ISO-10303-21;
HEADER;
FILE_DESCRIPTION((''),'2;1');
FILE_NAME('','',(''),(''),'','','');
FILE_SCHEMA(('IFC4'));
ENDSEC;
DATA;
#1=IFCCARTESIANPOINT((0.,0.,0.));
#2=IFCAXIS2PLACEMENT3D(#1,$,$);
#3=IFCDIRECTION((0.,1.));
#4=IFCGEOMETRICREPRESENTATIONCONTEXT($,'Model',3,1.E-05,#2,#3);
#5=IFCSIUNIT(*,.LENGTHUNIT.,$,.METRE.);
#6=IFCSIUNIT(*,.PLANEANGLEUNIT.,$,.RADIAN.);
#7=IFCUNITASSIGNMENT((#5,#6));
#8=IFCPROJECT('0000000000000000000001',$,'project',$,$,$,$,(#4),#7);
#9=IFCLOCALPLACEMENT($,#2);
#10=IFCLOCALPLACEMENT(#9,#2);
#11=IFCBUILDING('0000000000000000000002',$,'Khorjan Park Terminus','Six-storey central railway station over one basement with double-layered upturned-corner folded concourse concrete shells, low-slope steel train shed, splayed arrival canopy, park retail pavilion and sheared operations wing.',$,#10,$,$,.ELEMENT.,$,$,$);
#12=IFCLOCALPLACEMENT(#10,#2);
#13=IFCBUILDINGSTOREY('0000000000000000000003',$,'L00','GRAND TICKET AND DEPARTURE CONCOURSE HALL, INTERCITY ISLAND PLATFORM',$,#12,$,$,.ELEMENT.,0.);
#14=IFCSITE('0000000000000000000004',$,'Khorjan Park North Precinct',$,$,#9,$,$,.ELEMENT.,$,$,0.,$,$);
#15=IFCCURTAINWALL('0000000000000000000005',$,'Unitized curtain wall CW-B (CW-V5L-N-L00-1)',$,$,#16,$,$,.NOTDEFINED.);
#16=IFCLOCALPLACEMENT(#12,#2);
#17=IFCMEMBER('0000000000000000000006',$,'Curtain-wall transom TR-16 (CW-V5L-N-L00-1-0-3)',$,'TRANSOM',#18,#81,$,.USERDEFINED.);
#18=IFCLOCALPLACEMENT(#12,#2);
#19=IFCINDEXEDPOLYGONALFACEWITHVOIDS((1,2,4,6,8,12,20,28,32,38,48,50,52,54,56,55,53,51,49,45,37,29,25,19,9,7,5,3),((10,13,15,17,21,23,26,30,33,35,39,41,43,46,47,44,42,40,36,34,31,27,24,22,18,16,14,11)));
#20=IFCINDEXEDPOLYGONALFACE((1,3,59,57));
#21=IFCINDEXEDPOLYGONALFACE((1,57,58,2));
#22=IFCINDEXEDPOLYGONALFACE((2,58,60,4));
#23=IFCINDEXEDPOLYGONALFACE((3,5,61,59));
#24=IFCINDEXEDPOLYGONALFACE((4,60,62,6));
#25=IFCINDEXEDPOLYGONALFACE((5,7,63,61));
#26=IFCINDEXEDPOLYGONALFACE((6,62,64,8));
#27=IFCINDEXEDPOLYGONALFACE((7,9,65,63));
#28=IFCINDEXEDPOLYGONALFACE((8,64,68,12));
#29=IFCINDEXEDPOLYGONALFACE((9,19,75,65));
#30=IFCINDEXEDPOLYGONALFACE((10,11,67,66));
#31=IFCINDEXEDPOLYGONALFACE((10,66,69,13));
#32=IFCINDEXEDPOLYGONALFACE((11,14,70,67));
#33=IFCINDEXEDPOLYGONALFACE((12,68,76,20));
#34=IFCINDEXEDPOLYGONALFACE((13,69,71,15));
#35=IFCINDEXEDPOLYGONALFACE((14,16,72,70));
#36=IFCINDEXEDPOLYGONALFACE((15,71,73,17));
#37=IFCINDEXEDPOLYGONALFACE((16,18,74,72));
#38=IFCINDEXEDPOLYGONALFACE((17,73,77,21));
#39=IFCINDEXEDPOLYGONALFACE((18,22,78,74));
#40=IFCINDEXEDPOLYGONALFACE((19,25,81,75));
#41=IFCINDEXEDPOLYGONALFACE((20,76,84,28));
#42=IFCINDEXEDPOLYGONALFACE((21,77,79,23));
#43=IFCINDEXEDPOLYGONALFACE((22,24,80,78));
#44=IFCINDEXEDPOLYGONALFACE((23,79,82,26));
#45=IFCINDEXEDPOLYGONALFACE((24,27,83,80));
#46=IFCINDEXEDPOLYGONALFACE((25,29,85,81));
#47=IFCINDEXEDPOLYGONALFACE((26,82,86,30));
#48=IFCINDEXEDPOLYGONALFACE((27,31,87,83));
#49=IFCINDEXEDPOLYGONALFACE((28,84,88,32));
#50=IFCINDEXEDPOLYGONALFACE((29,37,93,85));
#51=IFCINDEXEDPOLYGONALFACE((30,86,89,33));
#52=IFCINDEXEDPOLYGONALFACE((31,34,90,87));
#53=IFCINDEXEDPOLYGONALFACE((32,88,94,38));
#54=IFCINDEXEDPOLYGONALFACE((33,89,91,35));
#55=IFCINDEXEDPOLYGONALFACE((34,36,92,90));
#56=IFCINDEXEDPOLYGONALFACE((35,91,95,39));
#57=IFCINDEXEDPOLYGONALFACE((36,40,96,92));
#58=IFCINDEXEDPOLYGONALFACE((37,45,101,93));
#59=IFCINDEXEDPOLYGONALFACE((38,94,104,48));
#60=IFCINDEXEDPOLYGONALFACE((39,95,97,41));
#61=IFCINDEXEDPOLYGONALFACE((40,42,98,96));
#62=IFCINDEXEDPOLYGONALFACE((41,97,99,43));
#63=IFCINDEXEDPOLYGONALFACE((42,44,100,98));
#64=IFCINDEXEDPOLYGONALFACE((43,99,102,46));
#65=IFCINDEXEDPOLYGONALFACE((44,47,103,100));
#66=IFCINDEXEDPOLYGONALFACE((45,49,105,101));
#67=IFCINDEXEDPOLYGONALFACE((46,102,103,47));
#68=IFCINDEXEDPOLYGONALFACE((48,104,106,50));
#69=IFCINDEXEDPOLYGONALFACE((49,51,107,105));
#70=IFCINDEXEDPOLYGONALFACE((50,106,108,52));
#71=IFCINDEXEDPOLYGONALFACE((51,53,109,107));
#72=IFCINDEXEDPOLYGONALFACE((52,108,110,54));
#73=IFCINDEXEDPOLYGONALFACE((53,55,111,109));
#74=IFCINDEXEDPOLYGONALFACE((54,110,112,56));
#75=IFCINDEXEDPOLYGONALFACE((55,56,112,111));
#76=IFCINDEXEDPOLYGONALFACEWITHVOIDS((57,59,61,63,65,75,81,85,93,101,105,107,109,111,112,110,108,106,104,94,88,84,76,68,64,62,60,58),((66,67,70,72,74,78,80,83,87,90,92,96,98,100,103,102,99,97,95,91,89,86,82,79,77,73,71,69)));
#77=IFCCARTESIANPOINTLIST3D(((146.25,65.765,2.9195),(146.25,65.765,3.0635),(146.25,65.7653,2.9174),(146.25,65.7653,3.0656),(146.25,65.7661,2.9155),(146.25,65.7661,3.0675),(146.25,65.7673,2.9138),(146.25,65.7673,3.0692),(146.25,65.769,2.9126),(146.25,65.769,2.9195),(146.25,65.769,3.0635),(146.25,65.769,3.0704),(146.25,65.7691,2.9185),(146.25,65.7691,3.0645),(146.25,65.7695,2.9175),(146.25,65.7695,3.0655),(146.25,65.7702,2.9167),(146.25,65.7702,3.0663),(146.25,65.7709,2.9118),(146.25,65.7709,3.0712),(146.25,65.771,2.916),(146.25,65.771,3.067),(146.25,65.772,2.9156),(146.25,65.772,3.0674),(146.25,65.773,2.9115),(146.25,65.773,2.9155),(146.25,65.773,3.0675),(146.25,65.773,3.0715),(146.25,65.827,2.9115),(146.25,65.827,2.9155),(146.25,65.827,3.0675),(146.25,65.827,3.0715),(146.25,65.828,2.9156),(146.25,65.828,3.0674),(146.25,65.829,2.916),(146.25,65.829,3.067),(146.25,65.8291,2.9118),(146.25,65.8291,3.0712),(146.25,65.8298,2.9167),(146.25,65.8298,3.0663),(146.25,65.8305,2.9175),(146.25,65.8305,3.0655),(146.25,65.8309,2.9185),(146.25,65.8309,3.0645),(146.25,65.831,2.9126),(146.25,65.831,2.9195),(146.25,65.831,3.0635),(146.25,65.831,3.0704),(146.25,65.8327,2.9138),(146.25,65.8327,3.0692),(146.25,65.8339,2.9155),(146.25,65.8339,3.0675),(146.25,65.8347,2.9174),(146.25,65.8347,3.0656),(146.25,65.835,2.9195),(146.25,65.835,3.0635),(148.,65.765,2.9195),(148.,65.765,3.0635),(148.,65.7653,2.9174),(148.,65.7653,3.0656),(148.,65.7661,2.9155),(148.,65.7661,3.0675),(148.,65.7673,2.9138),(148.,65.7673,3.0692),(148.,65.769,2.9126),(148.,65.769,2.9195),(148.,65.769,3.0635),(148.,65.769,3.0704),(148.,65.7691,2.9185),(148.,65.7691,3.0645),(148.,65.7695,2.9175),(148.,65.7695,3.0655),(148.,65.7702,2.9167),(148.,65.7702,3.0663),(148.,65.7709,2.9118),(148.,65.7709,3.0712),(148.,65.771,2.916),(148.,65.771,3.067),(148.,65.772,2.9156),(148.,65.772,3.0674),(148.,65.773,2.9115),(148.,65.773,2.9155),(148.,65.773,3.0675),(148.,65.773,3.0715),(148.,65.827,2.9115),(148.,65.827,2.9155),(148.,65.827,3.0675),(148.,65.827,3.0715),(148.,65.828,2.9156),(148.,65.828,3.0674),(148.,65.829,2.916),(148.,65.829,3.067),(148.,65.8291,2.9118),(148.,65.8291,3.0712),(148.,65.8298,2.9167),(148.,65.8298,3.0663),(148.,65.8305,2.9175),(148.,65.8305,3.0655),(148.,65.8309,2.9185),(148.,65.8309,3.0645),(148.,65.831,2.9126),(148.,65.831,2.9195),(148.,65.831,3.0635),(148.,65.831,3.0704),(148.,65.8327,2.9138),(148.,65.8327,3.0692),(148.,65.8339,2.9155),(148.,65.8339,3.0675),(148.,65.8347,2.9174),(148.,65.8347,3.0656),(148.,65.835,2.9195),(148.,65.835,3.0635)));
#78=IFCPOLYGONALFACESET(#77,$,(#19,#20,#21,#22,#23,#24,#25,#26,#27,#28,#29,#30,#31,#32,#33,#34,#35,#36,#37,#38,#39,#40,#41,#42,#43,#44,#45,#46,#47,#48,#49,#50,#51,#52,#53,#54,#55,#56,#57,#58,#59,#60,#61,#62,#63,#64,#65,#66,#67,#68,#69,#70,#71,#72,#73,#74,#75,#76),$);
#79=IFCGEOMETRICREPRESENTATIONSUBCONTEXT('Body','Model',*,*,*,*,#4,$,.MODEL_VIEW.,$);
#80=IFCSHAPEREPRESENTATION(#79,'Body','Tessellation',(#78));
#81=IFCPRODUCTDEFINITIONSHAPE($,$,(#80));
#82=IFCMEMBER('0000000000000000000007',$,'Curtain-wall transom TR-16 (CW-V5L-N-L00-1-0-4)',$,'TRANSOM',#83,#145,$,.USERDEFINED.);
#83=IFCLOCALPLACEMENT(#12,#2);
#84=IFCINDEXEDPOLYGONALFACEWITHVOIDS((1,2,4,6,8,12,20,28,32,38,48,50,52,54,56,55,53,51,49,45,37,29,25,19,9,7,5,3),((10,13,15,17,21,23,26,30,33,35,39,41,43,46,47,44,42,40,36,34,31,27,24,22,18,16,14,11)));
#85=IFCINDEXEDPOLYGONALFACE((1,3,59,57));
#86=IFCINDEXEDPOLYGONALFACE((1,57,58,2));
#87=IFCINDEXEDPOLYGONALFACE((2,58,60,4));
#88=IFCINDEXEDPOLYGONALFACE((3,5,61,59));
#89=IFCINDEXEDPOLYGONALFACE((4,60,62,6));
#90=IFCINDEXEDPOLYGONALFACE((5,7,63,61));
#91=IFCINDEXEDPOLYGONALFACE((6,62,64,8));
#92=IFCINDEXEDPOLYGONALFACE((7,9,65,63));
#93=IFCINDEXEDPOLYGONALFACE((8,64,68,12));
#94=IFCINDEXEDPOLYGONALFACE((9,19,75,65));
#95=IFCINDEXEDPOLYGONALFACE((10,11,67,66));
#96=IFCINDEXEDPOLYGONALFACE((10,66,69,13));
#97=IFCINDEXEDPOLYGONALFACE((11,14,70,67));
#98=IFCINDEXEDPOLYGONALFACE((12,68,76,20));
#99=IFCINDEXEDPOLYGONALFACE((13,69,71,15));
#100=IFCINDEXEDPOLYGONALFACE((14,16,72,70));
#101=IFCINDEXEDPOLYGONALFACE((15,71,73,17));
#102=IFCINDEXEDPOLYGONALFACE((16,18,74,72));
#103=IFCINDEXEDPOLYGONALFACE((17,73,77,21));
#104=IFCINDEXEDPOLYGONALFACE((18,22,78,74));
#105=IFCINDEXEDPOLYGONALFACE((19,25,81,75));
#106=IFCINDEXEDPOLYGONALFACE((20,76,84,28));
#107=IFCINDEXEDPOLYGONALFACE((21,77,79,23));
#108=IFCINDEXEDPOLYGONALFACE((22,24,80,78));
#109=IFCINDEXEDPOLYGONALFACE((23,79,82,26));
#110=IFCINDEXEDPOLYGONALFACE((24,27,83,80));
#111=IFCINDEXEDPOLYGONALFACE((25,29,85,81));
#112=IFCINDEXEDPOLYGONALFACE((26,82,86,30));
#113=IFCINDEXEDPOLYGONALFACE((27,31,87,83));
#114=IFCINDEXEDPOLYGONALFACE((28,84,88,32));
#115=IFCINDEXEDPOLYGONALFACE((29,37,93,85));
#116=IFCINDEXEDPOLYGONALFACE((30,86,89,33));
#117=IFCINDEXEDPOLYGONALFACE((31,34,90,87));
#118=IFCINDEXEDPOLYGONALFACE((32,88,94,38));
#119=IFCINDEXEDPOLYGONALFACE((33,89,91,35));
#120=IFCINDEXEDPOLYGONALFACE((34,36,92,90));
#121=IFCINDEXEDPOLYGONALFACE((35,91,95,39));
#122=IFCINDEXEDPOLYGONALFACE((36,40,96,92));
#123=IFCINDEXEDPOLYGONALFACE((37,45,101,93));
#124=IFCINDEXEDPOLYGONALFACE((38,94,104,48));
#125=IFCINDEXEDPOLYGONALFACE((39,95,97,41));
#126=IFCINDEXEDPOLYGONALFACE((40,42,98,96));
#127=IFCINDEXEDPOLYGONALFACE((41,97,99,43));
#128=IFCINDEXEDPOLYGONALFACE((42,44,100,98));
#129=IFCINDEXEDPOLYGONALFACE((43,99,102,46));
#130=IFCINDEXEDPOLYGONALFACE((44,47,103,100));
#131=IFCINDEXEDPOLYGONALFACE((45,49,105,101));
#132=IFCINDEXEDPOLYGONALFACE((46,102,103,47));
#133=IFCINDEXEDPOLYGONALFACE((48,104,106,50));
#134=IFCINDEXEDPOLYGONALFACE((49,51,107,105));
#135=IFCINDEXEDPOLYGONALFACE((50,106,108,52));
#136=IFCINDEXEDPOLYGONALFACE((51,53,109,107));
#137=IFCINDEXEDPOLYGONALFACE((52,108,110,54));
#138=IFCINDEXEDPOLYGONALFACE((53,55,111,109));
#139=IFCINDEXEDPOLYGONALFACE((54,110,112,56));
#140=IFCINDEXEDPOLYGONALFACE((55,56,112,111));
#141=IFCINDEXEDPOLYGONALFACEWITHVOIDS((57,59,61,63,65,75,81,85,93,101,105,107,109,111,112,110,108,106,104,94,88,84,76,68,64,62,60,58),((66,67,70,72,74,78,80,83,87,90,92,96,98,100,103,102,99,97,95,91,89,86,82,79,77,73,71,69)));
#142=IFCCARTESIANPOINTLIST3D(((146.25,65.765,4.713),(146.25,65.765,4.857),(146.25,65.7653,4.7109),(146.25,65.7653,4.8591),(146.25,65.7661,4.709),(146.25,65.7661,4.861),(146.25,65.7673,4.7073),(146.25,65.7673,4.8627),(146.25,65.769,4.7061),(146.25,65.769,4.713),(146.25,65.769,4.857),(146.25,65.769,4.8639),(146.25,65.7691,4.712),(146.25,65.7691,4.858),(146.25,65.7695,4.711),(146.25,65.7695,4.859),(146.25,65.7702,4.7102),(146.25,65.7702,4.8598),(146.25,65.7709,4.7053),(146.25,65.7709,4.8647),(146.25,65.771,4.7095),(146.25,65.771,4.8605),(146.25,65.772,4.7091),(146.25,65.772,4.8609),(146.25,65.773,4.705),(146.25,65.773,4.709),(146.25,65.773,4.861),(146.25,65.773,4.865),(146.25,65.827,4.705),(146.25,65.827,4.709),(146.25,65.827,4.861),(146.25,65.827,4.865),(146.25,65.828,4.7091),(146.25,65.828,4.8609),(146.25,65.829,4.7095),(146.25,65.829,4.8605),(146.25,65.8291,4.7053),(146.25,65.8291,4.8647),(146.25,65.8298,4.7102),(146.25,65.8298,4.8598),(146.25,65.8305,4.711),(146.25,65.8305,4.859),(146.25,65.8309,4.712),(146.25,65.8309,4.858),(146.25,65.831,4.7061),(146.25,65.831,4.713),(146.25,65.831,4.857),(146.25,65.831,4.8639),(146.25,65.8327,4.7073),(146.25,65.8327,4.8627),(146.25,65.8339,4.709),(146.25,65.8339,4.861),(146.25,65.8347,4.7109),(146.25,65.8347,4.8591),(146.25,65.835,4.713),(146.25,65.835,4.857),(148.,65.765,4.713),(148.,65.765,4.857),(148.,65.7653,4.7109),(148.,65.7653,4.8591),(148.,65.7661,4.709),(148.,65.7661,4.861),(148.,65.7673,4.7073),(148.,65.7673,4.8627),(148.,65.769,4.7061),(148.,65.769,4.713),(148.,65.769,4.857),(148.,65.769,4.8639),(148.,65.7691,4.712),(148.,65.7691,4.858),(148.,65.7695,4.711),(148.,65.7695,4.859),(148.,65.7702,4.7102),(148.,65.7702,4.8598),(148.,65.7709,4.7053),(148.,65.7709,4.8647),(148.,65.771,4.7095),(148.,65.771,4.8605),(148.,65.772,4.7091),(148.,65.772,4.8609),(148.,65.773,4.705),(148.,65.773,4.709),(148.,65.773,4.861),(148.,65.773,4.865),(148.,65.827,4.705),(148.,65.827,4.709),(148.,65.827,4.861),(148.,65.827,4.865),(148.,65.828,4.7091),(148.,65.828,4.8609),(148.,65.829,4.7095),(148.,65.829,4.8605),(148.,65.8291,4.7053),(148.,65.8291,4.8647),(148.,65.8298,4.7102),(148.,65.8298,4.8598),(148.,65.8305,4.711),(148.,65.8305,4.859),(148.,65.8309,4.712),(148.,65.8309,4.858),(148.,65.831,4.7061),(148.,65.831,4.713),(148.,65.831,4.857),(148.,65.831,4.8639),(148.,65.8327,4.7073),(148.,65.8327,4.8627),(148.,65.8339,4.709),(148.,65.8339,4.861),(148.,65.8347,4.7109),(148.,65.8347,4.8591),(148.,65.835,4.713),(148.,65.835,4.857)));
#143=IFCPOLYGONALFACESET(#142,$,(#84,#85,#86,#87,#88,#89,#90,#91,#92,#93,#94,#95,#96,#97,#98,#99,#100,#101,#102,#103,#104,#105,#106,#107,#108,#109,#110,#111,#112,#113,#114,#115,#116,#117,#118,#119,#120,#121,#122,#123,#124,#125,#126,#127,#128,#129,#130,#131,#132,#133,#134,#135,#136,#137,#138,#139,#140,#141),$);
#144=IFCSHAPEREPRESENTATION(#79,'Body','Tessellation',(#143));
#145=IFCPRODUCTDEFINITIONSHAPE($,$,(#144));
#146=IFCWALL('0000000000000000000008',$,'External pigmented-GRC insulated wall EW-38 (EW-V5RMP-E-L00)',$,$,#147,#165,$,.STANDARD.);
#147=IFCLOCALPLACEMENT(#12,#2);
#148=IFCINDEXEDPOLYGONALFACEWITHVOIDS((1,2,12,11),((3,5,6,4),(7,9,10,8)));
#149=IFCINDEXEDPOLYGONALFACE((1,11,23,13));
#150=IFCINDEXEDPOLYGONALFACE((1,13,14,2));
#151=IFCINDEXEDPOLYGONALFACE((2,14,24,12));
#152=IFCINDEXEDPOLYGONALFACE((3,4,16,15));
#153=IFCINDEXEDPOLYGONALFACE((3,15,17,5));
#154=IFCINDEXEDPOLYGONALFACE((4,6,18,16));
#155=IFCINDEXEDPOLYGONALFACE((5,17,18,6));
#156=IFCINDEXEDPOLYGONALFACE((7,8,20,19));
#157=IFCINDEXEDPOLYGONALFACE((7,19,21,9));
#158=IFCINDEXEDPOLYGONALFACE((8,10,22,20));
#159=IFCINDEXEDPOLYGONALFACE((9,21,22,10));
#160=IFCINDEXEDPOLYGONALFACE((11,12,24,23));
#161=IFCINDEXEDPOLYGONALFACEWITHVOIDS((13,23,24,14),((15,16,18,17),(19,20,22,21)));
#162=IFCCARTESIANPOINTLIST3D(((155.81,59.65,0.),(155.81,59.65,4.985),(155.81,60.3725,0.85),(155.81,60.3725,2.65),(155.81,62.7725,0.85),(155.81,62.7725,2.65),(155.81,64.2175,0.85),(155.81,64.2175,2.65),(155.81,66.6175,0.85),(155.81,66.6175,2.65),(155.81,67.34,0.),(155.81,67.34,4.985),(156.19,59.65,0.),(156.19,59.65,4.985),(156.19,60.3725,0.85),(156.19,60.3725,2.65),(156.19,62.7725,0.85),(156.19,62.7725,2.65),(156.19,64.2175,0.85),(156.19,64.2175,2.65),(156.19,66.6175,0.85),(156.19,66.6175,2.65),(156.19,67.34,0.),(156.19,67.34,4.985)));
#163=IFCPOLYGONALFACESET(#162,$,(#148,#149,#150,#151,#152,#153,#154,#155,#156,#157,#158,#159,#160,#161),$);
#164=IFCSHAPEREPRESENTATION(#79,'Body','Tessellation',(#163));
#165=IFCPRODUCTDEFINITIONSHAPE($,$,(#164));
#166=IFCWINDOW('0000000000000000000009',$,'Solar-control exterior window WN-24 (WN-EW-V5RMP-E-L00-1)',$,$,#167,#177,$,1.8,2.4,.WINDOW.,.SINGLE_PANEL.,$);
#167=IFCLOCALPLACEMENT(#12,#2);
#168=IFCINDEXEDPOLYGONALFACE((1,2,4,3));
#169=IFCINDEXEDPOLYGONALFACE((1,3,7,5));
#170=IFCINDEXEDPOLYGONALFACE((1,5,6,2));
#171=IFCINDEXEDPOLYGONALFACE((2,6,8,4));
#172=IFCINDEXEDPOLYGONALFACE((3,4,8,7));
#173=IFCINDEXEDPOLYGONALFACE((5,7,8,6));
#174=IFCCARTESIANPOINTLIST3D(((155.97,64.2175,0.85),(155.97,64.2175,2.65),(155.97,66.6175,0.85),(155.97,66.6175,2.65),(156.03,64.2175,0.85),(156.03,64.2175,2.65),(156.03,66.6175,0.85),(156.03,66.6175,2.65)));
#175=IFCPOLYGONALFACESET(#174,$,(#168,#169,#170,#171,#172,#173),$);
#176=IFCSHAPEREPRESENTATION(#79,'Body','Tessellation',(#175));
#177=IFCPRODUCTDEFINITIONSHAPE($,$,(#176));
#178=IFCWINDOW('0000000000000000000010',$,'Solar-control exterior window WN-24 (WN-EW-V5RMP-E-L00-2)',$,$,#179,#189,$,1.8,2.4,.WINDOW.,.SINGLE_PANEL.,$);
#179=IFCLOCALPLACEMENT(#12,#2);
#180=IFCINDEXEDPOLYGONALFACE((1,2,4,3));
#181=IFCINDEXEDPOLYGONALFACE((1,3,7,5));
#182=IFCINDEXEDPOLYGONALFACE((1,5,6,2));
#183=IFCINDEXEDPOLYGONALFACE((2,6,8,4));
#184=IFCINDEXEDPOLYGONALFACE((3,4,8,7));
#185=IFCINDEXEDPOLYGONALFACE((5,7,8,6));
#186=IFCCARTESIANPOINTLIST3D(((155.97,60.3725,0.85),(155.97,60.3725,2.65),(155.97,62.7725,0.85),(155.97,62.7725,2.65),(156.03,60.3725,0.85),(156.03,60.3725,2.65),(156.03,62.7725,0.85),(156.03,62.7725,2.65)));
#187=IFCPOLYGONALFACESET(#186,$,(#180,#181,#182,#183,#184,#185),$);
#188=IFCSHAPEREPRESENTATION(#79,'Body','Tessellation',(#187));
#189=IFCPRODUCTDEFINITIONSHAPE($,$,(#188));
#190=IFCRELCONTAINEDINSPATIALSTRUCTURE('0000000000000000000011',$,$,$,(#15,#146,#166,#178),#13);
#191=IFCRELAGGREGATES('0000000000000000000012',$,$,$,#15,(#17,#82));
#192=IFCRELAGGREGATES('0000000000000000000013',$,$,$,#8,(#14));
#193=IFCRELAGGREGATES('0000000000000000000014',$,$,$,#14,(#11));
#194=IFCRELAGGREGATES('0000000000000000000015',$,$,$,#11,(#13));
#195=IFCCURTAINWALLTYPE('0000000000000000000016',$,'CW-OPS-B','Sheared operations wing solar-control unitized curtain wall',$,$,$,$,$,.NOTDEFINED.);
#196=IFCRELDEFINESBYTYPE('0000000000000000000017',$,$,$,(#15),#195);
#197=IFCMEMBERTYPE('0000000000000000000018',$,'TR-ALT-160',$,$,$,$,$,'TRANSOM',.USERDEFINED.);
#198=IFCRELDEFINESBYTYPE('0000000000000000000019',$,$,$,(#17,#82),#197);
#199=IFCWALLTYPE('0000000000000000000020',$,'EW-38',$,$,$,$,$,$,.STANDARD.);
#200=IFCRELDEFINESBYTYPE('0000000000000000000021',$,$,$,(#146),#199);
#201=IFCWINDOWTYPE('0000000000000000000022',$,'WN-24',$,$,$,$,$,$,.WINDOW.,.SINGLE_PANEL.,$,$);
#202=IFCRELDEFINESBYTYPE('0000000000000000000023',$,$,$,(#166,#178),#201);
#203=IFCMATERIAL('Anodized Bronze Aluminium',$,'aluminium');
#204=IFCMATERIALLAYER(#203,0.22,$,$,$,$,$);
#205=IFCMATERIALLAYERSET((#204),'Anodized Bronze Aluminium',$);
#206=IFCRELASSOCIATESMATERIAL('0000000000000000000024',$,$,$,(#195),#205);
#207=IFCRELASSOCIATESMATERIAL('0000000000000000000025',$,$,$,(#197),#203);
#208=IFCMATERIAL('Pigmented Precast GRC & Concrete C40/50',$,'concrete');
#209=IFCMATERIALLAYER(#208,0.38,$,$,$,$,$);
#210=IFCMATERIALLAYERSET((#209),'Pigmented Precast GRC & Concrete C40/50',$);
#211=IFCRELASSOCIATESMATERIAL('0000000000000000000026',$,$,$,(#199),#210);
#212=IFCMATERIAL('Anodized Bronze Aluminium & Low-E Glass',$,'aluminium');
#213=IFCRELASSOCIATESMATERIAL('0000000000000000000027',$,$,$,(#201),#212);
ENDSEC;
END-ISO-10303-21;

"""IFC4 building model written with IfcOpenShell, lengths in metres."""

from ifc_helpers import new_model, si_unit, direction, frame, frame_2d, origin, origin_2d, place, context, subcontext, project, spatial, rectangle, hollow_rectangle, extrude, material, layer, layer_set, material_profile, profile_set, type_object, element, fill, aggregate, save


model = new_model("IFC4")

# Units and contexts
model_context = context("Model", 3, precision=1e-05, world=origin(), true_north=direction((0.0, 1.0)))
body_context = subcontext(model_context, "Body", "Model", "MODEL_VIEW")
ifc_project = project(units=[si_unit("LENGTHUNIT", "METRE"), si_unit("PLANEANGLEUNIT", "RADIAN")], contexts=[model_context])

# Site, building, storey
site_placement = place(None, origin())
site = spatial("IfcSite", under=ifc_project, at=site_placement, Name="Khorjan Park North Precinct", CompositionType="ELEMENT", RefElevation=0.0)
building_placement = place(site_placement, origin())
building = spatial("IfcBuilding", under=site, at=building_placement, Name="Khorjan Park Terminus", Description="Six-storey central railway station over one basement with double-layered upturned-corner folded concourse concrete shells, low-slope steel train shed, splayed arrival canopy, park retail pavilion and sheared operations wing.", CompositionType="ELEMENT")
storey_placement = place(building_placement, origin())
storey = spatial("IfcBuildingStorey", under=building, at=storey_placement, Name="L00", Description="GRAND TICKET AND DEPARTURE CONCOURSE HALL, INTERCITY ISLAND PLATFORM", CompositionType="ELEMENT", Elevation=0.0)

# Curtain wall, members
ifc_material_1 = material(Name="Anodized Bronze Aluminium", Category="aluminium")
ifc_layer_1 = layer(ifc_material_1, 0.22)
ifc_layer_set_1 = layer_set([ifc_layer_1], Name="Anodized Bronze Aluminium")
curtain_wall_type = type_object("IfcCurtainWallType", Name="CW-OPS-B", Description="Sheared operations wing solar-control unitized curtain wall", PredefinedType="NOTDEFINED", material=ifc_layer_set_1)
curtain_wall_placement = place(storey_placement, origin())
curtain_wall = element("IfcCurtainWall", 1, at=curtain_wall_placement, inside=storey, type_object=curtain_wall_type, Name="Unitized curtain wall CW-B (CW-V5L-N-L00-1)", PredefinedType="NOTDEFINED")
ifc_material_profile_1 = material_profile(ifc_material_1, hollow_rectangle(XDim=0.07, YDim=0.16, WallThickness=0.004, InnerFilletRadius=0.004, OuterFilletRadius=0.008, at=origin_2d()), Name="ALT 70x160x4")
ifc_profile_set_1 = profile_set([ifc_material_profile_1], Name="Anodized Bronze Aluminium")
member_type = type_object("IfcMemberType", Name="TR-ALT-160", ElementType="TRANSOM", PredefinedType="USERDEFINED", material=ifc_profile_set_1)
member_1_placement = place(storey_placement, frame((148.0, 65.8, 2.9915), z_axis=(-1.0, 0.0, 0.0), x_axis=(0.0, -1.0, 0.0)))
member_1 = element("IfcMember", 2, at=member_1_placement, type_object=member_type, Name="Curtain-wall transom TR-16 (CW-V5L-N-L00-1-0-3)", ObjectType="TRANSOM", PredefinedType="USERDEFINED", context=body_context, shape_type="SweptSolid", body=[
    extrude(hollow_rectangle(XDim=0.07, YDim=0.16, WallThickness=0.004, InnerFilletRadius=0.004, OuterFilletRadius=0.008, at=origin_2d()), origin(), (0.0, 0.0, 1.0), 1.75),
])
member_2_placement = place(storey_placement, frame((148.0, 65.8, 4.785), z_axis=(-1.0, 0.0, 0.0), x_axis=(0.0, -1.0, 0.0)))
member_2 = element("IfcMember", 3, at=member_2_placement, type_object=member_type, Name="Curtain-wall transom TR-16 (CW-V5L-N-L00-1-0-4)", ObjectType="TRANSOM", PredefinedType="USERDEFINED", context=body_context, shape_type="SweptSolid", body=[
    extrude(hollow_rectangle(XDim=0.07, YDim=0.16, WallThickness=0.004, InnerFilletRadius=0.004, OuterFilletRadius=0.008, at=origin_2d()), origin(), (0.0, 0.0, 1.0), 1.75),
])
aggregate(curtain_wall, [member_1, member_2])

# Wall, openings, windows
ifc_material_2 = material(Name="Pigmented Precast GRC & Concrete C40/50", Category="concrete")
ifc_layer_2 = layer(ifc_material_2, 0.38)
ifc_layer_set_2 = layer_set([ifc_layer_2], Name="Pigmented Precast GRC & Concrete C40/50")
wall_type_1 = type_object("IfcWallType", Name="EW-38", PredefinedType="STANDARD", material=ifc_layer_set_2)
wall_1_placement = place(storey_placement, frame((156.0, 67.34, 0.0), z_axis=(0.0, 0.0, 1.0), x_axis=(0.0, -1.0, 0.0)))
wall_1 = element("IfcWall", 4, at=wall_1_placement, inside=storey, type_object=wall_type_1, Name="External pigmented-GRC insulated wall EW-38 (EW-V5RMP-E-L00)", PredefinedType="STANDARD", context=body_context, shape_type="SweptSolid", body=[
    extrude(rectangle(XDim=7.69, YDim=0.38, at=frame_2d((3.845, 0.0))), origin(), (0.0, 0.0, 1.0), 4.985),
])
opening_1_placement = place(wall_1_placement, frame((0.7225, 0.0, 0.85)))
opening_1 = element("IfcOpeningElement", 5, at=opening_1_placement, cuts=wall_1, PredefinedType="OPENING", context=body_context, shape_type="SweptSolid", body=[
    extrude(rectangle(XDim=2.4, YDim=1.8, at=frame_2d((1.2, 0.9))), frame((0.0, 0.2, 0.0), z_axis=(0.0, -1.0, 0.0), x_axis=(1.0, 0.0, 0.0)), (0.0, 0.0, 1.0), 0.4),
])
opening_2_placement = place(wall_1_placement, frame((4.5675, 0.0, 0.85)))
opening_2 = element("IfcOpeningElement", 6, at=opening_2_placement, cuts=wall_1, PredefinedType="OPENING", context=body_context, shape_type="SweptSolid", body=[
    extrude(rectangle(XDim=2.4, YDim=1.8, at=frame_2d((1.2, 0.9))), frame((0.0, 0.2, 0.0), z_axis=(0.0, -1.0, 0.0), x_axis=(1.0, 0.0, 0.0)), (0.0, 0.0, 1.0), 0.4),
])
ifc_material_3 = material(Name="Anodized Bronze Aluminium & Low-E Glass", Category="aluminium")
window_type = type_object("IfcWindowType", Name="WN-24", PartitioningType="SINGLE_PANEL", PredefinedType="WINDOW", material=ifc_material_3)
window_1_placement = place(opening_1_placement, origin())
window_1 = element("IfcWindow", 7, at=window_1_placement, inside=storey, type_object=window_type, Name="Solar-control exterior window WN-24 (WN-EW-V5RMP-E-L00-1)", OverallHeight=1.8, OverallWidth=2.4, PartitioningType="SINGLE_PANEL", PredefinedType="WINDOW", context=body_context, shape_type="SweptSolid", body=[
    extrude(rectangle(XDim=2.4, YDim=1.8, at=frame_2d((1.2, 0.9))), frame((0.0, 0.03, 0.0), z_axis=(0.0, -1.0, 0.0), x_axis=(1.0, 0.0, 0.0)), (0.0, 0.0, 1.0), 0.06),
])
fill(opening_1, window_1)
window_2_placement = place(opening_2_placement, origin())
window_2 = element("IfcWindow", 8, at=window_2_placement, inside=storey, type_object=window_type, Name="Solar-control exterior window WN-24 (WN-EW-V5RMP-E-L00-2)", OverallHeight=1.8, OverallWidth=2.4, PartitioningType="SINGLE_PANEL", PredefinedType="WINDOW", context=body_context, shape_type="SweptSolid", body=[
    extrude(rectangle(XDim=2.4, YDim=1.8, at=frame_2d((1.2, 0.9))), frame((0.0, 0.03, 0.0), z_axis=(0.0, -1.0, 0.0), x_axis=(1.0, 0.0, 0.0)), (0.0, 0.0, 1.0), 0.06),
])
fill(opening_2, window_2)

save(model, "model.ifc")
